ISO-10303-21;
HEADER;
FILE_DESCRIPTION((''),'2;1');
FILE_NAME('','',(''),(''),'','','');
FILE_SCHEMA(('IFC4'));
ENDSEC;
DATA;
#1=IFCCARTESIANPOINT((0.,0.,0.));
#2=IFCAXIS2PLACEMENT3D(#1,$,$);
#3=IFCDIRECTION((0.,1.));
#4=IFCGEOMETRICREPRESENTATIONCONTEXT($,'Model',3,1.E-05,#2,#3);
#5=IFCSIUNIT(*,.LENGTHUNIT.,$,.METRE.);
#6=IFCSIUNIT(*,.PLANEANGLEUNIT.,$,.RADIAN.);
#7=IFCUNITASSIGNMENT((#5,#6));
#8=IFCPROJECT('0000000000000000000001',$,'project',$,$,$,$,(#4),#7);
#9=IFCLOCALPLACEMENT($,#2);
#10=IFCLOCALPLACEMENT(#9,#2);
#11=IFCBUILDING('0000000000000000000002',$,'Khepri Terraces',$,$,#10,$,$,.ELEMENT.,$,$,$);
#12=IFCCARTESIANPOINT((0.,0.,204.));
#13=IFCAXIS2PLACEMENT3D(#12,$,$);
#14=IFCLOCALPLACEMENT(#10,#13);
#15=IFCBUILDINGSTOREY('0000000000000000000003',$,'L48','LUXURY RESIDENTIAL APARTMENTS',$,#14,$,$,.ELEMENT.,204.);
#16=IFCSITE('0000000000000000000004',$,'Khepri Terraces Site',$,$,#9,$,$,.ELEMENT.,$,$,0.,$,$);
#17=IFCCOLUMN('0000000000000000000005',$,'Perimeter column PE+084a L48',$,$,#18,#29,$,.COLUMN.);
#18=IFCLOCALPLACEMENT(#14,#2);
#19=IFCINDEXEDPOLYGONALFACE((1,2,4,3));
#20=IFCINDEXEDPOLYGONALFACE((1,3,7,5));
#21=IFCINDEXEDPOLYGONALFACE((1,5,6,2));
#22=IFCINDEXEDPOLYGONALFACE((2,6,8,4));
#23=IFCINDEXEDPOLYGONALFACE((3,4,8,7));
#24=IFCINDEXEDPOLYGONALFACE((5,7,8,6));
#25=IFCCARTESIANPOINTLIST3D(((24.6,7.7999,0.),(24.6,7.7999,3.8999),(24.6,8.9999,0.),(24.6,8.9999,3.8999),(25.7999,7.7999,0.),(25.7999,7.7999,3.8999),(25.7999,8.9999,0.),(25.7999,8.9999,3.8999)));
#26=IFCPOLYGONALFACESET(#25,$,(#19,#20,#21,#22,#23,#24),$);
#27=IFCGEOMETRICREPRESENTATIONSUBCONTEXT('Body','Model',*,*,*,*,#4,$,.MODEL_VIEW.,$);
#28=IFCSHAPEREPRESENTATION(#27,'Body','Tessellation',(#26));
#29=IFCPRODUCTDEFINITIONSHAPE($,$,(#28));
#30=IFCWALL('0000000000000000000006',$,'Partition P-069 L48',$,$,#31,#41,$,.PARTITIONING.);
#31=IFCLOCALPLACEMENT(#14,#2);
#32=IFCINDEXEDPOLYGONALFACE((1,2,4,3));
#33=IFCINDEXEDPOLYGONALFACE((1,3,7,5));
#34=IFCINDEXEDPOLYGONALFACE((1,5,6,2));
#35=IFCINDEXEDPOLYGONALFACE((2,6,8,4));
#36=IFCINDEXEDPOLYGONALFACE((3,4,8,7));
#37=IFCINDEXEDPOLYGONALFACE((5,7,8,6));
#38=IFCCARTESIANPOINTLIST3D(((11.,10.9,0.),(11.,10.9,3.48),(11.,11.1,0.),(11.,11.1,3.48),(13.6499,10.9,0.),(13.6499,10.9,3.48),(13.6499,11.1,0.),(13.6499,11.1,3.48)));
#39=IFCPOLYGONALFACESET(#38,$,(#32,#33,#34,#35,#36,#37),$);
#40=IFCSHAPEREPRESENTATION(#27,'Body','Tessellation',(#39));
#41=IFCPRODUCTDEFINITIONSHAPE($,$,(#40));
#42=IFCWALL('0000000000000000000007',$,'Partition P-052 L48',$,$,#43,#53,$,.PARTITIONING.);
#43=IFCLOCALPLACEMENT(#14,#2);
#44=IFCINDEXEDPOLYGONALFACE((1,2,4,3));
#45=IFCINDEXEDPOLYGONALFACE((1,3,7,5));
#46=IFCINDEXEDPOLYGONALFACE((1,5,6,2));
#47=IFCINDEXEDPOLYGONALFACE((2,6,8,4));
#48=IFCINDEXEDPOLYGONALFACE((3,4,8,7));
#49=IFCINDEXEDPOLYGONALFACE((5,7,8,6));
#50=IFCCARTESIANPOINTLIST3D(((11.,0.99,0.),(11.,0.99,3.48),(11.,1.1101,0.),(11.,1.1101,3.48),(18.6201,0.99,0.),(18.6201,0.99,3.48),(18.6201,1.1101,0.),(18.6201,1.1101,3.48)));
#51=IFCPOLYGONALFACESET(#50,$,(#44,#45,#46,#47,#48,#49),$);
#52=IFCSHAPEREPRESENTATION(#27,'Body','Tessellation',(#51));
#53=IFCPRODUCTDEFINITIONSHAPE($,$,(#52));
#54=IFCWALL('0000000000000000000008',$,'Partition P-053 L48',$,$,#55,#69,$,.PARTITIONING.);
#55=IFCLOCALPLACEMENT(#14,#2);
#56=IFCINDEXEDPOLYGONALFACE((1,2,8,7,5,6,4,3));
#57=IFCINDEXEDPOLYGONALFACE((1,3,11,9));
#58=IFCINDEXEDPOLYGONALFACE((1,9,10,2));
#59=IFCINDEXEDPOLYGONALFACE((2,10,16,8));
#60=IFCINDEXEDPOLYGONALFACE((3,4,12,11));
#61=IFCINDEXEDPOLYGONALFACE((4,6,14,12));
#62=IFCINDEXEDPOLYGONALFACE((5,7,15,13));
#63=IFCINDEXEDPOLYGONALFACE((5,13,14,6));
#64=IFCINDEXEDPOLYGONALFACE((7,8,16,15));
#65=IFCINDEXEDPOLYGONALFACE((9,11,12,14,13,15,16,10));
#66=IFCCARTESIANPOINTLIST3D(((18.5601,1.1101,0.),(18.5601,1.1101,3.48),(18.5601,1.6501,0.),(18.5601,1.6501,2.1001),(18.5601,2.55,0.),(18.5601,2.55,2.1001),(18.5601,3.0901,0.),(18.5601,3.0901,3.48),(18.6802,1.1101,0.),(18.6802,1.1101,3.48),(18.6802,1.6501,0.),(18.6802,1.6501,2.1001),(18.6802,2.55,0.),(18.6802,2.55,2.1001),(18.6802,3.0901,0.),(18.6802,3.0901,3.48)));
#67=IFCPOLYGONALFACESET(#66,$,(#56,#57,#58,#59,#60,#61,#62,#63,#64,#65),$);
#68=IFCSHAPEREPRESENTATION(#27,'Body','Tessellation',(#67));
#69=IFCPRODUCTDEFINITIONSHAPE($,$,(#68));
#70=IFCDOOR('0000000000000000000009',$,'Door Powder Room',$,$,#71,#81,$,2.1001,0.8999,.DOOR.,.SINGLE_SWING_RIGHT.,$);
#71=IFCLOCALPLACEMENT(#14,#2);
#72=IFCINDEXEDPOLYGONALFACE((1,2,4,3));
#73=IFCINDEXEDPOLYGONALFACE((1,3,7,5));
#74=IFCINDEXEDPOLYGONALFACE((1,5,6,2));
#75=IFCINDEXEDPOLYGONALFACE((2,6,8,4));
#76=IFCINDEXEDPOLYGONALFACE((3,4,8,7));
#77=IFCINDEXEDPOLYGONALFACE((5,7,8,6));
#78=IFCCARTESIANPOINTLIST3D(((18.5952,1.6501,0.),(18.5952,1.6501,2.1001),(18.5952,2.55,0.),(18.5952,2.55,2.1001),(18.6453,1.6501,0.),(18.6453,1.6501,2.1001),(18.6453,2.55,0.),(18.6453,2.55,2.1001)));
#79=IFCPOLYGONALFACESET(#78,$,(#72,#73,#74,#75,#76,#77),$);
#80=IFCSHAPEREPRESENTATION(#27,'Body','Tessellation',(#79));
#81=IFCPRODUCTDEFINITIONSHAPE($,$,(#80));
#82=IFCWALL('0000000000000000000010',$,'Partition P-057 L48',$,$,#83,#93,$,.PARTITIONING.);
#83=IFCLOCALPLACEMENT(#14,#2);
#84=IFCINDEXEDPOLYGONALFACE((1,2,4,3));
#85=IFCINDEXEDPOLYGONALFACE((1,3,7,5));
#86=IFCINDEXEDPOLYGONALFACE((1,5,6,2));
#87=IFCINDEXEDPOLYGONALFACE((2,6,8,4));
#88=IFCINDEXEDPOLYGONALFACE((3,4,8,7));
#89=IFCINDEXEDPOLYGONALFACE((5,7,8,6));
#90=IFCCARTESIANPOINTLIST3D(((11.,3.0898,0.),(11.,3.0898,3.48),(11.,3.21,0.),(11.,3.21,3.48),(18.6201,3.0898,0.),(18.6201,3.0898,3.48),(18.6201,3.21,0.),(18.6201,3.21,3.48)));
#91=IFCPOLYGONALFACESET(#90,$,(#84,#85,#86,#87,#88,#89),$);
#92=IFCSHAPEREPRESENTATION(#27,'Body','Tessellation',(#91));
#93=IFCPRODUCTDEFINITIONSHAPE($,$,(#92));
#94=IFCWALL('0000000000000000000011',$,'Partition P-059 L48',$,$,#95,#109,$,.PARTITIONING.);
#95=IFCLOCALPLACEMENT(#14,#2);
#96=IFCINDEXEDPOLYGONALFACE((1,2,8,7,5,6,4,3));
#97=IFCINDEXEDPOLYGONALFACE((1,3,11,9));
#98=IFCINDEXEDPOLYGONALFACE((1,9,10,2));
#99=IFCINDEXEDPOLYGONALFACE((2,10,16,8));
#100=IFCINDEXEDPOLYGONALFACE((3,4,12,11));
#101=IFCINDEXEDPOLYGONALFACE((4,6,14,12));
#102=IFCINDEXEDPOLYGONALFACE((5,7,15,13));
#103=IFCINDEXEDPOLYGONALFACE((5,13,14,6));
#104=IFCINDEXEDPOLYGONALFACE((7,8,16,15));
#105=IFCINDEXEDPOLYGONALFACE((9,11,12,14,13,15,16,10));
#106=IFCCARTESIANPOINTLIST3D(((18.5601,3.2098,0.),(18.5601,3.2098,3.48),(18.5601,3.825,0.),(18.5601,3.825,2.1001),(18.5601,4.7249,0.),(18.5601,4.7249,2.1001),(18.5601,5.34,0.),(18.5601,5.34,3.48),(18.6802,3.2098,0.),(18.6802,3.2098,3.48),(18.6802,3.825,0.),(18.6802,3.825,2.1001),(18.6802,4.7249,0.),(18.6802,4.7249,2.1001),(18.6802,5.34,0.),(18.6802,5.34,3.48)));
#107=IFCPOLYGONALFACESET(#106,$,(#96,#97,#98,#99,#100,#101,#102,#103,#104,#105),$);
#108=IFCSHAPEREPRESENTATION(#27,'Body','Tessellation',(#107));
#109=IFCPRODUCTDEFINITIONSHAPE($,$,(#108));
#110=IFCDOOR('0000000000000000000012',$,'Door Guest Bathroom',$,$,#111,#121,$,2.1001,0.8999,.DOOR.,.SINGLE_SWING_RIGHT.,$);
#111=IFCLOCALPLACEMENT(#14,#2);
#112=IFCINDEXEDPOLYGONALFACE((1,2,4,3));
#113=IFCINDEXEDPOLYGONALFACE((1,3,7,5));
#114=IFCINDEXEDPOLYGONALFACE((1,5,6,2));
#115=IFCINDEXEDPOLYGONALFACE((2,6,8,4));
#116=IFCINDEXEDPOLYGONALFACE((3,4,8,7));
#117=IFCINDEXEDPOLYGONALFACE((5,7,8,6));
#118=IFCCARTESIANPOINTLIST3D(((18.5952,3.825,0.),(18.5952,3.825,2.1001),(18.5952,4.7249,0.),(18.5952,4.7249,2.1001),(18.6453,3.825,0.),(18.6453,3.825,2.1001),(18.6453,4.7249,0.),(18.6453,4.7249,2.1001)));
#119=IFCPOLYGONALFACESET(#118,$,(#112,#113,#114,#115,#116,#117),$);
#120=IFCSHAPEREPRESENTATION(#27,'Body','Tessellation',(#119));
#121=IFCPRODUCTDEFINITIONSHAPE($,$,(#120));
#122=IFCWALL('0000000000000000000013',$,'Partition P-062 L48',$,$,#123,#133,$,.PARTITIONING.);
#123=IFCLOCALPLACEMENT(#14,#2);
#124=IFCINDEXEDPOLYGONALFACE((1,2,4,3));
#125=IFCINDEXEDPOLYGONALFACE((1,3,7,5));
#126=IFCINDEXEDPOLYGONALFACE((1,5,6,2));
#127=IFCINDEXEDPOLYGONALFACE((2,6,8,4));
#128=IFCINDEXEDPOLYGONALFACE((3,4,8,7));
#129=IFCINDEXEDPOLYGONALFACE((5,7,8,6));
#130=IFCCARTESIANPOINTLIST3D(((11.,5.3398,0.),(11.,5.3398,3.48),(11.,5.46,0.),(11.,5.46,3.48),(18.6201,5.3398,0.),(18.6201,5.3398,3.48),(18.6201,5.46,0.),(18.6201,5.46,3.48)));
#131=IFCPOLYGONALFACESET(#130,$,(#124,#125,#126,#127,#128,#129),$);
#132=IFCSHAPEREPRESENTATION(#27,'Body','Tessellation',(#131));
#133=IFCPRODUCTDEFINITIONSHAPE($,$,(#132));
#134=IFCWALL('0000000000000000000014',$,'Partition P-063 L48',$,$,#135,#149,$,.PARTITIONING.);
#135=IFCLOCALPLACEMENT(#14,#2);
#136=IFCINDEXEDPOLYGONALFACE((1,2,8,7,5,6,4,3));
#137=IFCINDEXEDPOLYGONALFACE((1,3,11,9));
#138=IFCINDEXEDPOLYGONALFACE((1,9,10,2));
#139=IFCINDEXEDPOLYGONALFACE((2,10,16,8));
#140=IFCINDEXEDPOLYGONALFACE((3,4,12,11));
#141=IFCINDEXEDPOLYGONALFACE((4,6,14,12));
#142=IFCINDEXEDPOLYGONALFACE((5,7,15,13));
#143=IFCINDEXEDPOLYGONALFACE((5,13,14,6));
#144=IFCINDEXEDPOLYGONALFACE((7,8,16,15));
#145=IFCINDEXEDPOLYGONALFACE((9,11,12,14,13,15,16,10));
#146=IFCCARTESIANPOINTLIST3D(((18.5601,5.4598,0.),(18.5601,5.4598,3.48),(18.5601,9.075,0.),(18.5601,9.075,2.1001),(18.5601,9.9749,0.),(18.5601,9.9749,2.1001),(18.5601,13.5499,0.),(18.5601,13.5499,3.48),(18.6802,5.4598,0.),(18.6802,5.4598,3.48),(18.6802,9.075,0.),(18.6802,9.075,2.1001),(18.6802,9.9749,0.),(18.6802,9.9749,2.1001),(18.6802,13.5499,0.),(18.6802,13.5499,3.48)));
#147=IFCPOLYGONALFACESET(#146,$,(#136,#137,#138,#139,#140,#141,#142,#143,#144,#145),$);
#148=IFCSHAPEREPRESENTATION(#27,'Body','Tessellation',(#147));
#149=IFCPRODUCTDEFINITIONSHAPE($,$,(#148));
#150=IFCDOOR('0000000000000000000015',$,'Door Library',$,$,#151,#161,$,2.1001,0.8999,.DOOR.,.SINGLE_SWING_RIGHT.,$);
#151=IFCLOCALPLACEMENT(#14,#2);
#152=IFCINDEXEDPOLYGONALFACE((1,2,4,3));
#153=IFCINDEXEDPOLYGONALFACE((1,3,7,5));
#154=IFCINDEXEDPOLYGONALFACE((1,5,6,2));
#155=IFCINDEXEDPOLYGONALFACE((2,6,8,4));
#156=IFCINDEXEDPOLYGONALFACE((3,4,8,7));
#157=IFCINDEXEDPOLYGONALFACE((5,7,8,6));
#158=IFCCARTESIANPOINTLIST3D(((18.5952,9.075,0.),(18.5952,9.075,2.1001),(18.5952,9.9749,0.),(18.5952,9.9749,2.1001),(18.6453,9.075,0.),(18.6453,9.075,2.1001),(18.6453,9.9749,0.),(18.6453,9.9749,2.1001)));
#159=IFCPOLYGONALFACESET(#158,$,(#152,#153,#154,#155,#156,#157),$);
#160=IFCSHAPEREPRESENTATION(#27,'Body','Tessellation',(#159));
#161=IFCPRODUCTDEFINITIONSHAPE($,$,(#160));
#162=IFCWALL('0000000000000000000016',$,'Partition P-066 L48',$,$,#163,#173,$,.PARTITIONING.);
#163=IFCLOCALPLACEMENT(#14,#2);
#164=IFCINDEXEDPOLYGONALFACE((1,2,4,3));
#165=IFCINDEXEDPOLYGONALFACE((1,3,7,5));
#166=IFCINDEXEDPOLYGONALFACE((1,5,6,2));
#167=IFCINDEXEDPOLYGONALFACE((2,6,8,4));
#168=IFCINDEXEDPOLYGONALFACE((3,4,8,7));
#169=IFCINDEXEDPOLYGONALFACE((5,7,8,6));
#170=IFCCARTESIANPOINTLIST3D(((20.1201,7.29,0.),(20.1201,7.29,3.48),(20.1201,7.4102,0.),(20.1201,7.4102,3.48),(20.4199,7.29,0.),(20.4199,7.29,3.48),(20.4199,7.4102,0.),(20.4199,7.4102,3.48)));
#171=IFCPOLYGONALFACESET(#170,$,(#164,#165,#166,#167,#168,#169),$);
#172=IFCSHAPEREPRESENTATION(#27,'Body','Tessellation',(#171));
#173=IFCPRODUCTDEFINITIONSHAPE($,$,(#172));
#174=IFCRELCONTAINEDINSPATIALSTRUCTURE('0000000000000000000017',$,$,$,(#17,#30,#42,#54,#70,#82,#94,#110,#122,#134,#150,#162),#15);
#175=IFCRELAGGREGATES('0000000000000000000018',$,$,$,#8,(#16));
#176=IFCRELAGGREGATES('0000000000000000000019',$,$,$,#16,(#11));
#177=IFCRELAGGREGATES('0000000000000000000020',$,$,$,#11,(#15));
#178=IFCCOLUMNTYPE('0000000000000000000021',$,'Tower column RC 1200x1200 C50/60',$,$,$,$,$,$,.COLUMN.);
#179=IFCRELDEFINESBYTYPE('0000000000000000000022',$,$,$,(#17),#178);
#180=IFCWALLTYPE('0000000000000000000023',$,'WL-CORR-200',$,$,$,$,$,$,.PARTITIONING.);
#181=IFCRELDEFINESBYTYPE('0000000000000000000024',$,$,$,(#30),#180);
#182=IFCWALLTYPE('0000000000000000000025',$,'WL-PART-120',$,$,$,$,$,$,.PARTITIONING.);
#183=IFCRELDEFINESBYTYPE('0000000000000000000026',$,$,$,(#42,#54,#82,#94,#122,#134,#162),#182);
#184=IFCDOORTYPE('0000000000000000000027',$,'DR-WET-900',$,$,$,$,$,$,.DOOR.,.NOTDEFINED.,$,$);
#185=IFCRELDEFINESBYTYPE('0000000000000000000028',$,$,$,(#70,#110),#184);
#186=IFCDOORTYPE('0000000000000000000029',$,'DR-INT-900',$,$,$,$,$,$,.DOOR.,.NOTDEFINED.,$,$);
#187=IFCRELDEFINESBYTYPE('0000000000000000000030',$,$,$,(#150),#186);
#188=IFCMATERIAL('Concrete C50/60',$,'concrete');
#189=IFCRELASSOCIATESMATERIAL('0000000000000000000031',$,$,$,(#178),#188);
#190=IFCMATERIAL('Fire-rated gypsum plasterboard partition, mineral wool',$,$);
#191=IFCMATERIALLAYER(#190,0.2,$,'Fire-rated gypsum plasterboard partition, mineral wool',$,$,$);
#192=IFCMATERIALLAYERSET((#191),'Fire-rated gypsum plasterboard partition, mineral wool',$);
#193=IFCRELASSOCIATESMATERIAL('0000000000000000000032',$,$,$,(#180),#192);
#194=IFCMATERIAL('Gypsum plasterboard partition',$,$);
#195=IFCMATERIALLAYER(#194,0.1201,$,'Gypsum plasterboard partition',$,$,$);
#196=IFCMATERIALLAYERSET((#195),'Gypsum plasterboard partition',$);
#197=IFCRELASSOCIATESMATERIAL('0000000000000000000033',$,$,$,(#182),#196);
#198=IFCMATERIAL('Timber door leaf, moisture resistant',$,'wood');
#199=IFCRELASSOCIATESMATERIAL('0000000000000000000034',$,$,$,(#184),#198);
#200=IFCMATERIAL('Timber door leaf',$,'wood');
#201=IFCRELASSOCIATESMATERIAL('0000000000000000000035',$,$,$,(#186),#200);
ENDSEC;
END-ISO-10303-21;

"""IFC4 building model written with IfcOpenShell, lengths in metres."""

from ifc_helpers import new_model, si_unit, direction, frame, frame_2d, origin, origin_2d, place, context, subcontext, project, spatial, rectangle, extrude, material, layer, layer_set, material_profile, profile_set, type_object, element, fill, save


model = new_model("IFC4")

# Units and contexts
model_context = context("Model", 3, precision=1e-05, world=origin(), true_north=direction((0.0, 1.0)))
body_context = subcontext(model_context, "Body", "Model", "MODEL_VIEW")
ifc_project = project(units=[si_unit("LENGTHUNIT", "METRE"), si_unit("PLANEANGLEUNIT", "RADIAN")], contexts=[model_context])

# Site, building, storey
site_placement = place(None, origin())
site = spatial("IfcSite", under=ifc_project, at=site_placement, Name="Khepri Terraces Site", CompositionType="ELEMENT", RefElevation=0.0)
building_placement = place(site_placement, origin())
building = spatial("IfcBuilding", under=site, at=building_placement, Name="Khepri Terraces", CompositionType="ELEMENT")
storey_placement = place(building_placement, frame((0.0, 0.0, 204.0)))
storey = spatial("IfcBuildingStorey", under=building, at=storey_placement, Name="L48", Description="LUXURY RESIDENTIAL APARTMENTS", CompositionType="ELEMENT", Elevation=204.0)

# Column
ifc_material_1 = material(Name="Concrete C50/60", Category="concrete")
ifc_material_profile = material_profile(ifc_material_1, rectangle(XDim=1.2, YDim=1.2, at=origin_2d()), Name="Concrete C50/60", Category="concrete")
ifc_profile_set = profile_set([ifc_material_profile], Name="Concrete C50/60")
column_type = type_object("IfcColumnType", Name="Tower column RC 1200x1200 C50/60", PredefinedType="COLUMN", material=ifc_profile_set)
column_placement = place(storey_placement, frame((25.2, 8.3999, 0.0), z_axis=(0.0, 0.0, 1.0), x_axis=(1.0, 0.0, 0.0)))
element("IfcColumn", 1, at=column_placement, inside=storey, type_object=column_type, Name="Perimeter column PE+084a L48", PredefinedType="COLUMN", context=body_context, shape_type="SweptSolid", body=[
    extrude(rectangle(XDim=1.2, YDim=1.2, at=origin_2d()), origin(), (0.0, 0.0, 1.0), 3.8999),
])

# Wall
ifc_material_2 = material(Name="Fire-rated gypsum plasterboard partition, mineral wool")
ifc_layer_1 = layer(ifc_material_2, 0.2, Name="Fire-rated gypsum plasterboard partition, mineral wool")
ifc_layer_set_1 = layer_set([ifc_layer_1], Name="Fire-rated gypsum plasterboard partition, mineral wool")
wall_type_1 = type_object("IfcWallType", Name="WL-CORR-200", PredefinedType="PARTITIONING", material=ifc_layer_set_1)
wall_1_placement = place(storey_placement, frame((11.0, 11.0, 0.0), z_axis=(0.0, 0.0, 1.0), x_axis=(1.0, 0.0, 0.0)))
element("IfcWall", 2, at=wall_1_placement, inside=storey, type_object=wall_type_1, Name="Partition P-069 L48", PredefinedType="PARTITIONING", context=body_context, shape_type="SweptSolid", body=[
    extrude(rectangle(XDim=2.6499, YDim=0.2, at=frame_2d((1.325, 0.0))), origin(), (0.0, 0.0, 1.0), 3.48),
])

# Wall
ifc_material_3 = material(Name="Gypsum plasterboard partition")
ifc_layer_2 = layer(ifc_material_3, 0.1201, Name="Gypsum plasterboard partition")
ifc_layer_set_2 = layer_set([ifc_layer_2], Name="Gypsum plasterboard partition")
wall_type_2 = type_object("IfcWallType", Name="WL-PART-120", PredefinedType="PARTITIONING", material=ifc_layer_set_2)
wall_2_placement = place(storey_placement, frame((11.0, 1.05, 0.0), z_axis=(0.0, 0.0, 1.0), x_axis=(1.0, 0.0, 0.0)))
element("IfcWall", 3, at=wall_2_placement, inside=storey, type_object=wall_type_2, Name="Partition P-052 L48", PredefinedType="PARTITIONING", context=body_context, shape_type="SweptSolid", body=[
    extrude(rectangle(XDim=7.6201, YDim=0.1201, at=frame_2d((3.8101, 0.0))), origin(), (0.0, 0.0, 1.0), 3.48),
])

# Wall, opening, door
wall_3_placement = place(storey_placement, frame((18.6201, 1.1101, 0.0), z_axis=(0.0, 0.0, 1.0), x_axis=(0.0, 1.0, 0.0)))
wall_3 = element("IfcWall", 4, at=wall_3_placement, inside=storey, type_object=wall_type_2, Name="Partition P-053 L48", PredefinedType="PARTITIONING", context=body_context, shape_type="SweptSolid", body=[
    extrude(rectangle(XDim=1.98, YDim=0.1201, at=frame_2d((0.99, 0.0))), origin(), (0.0, 0.0, 1.0), 3.48),
])
opening_1_placement = place(wall_3_placement, frame((0.54, 0.0, 0.0)))
opening_1 = element("IfcOpeningElement", 5, at=opening_1_placement, cuts=wall_3, PredefinedType="OPENING", context=body_context, shape_type="SweptSolid", body=[
    extrude(rectangle(XDim=0.8999, YDim=2.1001, at=frame_2d((0.45, 1.05))), frame((0.0, 0.0701, 0.0), z_axis=(0.0, -1.0, 0.0), x_axis=(1.0, 0.0, 0.0)), (0.0, 0.0, 1.0), 0.1401),
])
ifc_material_4 = material(Name="Timber door leaf, moisture resistant", Category="wood")
door_type_1 = type_object("IfcDoorType", Name="DR-WET-900", OperationType="NOTDEFINED", PredefinedType="DOOR", material=ifc_material_4)
door_1_placement = place(opening_1_placement, origin())
door_1 = element("IfcDoor", 6, at=door_1_placement, inside=storey, type_object=door_type_1, Name="Door Powder Room", OperationType="SINGLE_SWING_RIGHT", OverallHeight=2.1001, OverallWidth=0.8999, PredefinedType="DOOR", context=body_context, shape_type="SweptSolid", body=[
    extrude(rectangle(XDim=0.8999, YDim=2.1001, at=frame_2d((0.45, 1.05))), frame((0.0, 0.0249, 0.0), z_axis=(0.0, -1.0, 0.0), x_axis=(1.0, 0.0, 0.0)), (0.0, 0.0, 1.0), 0.05),
])
fill(opening_1, door_1)

# Wall
wall_4_placement = place(storey_placement, frame((11.0, 3.1499, 0.0), z_axis=(0.0, 0.0, 1.0), x_axis=(1.0, 0.0, 0.0)))
element("IfcWall", 7, at=wall_4_placement, inside=storey, type_object=wall_type_2, Name="Partition P-057 L48", PredefinedType="PARTITIONING", context=body_context, shape_type="SweptSolid", body=[
    extrude(rectangle(XDim=7.6201, YDim=0.1201, at=frame_2d((3.8101, 0.0))), origin(), (0.0, 0.0, 1.0), 3.48),
])

# Wall, opening, door
wall_5_placement = place(storey_placement, frame((18.6201, 3.21, 0.0), z_axis=(0.0, 0.0, 1.0), x_axis=(0.0, 1.0, 0.0)))
wall_5 = element("IfcWall", 8, at=wall_5_placement, inside=storey, type_object=wall_type_2, Name="Partition P-059 L48", PredefinedType="PARTITIONING", context=body_context, shape_type="SweptSolid", body=[
    extrude(rectangle(XDim=2.1301, YDim=0.1201, at=frame_2d((1.0649, 0.0))), origin(), (0.0, 0.0, 1.0), 3.48),
])
opening_2_placement = place(wall_5_placement, frame((0.615, 0.0, 0.0)))
opening_2 = element("IfcOpeningElement", 9, at=opening_2_placement, cuts=wall_5, PredefinedType="OPENING", context=body_context, shape_type="SweptSolid", body=[
    extrude(rectangle(XDim=0.8999, YDim=2.1001, at=frame_2d((0.45, 1.05))), frame((0.0, 0.0701, 0.0), z_axis=(0.0, -1.0, 0.0), x_axis=(1.0, 0.0, 0.0)), (0.0, 0.0, 1.0), 0.1401),
])
door_2_placement = place(opening_2_placement, origin())
door_2 = element("IfcDoor", 10, at=door_2_placement, inside=storey, type_object=door_type_1, Name="Door Guest Bathroom", OperationType="SINGLE_SWING_RIGHT", OverallHeight=2.1001, OverallWidth=0.8999, PredefinedType="DOOR", context=body_context, shape_type="SweptSolid", body=[
    extrude(rectangle(XDim=0.8999, YDim=2.1001, at=frame_2d((0.45, 1.05))), frame((0.0, 0.0249, 0.0), z_axis=(0.0, -1.0, 0.0), x_axis=(1.0, 0.0, 0.0)), (0.0, 0.0, 1.0), 0.05),
])
fill(opening_2, door_2)

# Wall
wall_6_placement = place(storey_placement, frame((11.0, 5.3999, 0.0), z_axis=(0.0, 0.0, 1.0), x_axis=(1.0, 0.0, 0.0)))
element("IfcWall", 11, at=wall_6_placement, inside=storey, type_object=wall_type_2, Name="Partition P-062 L48", PredefinedType="PARTITIONING", context=body_context, shape_type="SweptSolid", body=[
    extrude(rectangle(XDim=7.6201, YDim=0.1201, at=frame_2d((3.8101, 0.0))), origin(), (0.0, 0.0, 1.0), 3.48),
])

# Wall, opening, door
wall_7_placement = place(storey_placement, frame((18.6201, 5.46, 0.0), z_axis=(0.0, 0.0, 1.0), x_axis=(0.0, 1.0, 0.0)))
wall_7 = element("IfcWall", 12, at=wall_7_placement, inside=storey, type_object=wall_type_2, Name="Partition P-063 L48", PredefinedType="PARTITIONING", context=body_context, shape_type="SweptSolid", body=[
    extrude(rectangle(XDim=8.0901, YDim=0.1201, at=frame_2d((4.0449, 0.0))), origin(), (0.0, 0.0, 1.0), 3.48),
])
opening_3_placement = place(wall_7_placement, frame((3.615, 0.0, 0.0)))
opening_3 = element("IfcOpeningElement", 13, at=opening_3_placement, cuts=wall_7, PredefinedType="OPENING", context=body_context, shape_type="SweptSolid", body=[
    extrude(rectangle(XDim=0.8999, YDim=2.1001, at=frame_2d((0.45, 1.05))), frame((0.0, 0.0701, 0.0), z_axis=(0.0, -1.0, 0.0), x_axis=(1.0, 0.0, 0.0)), (0.0, 0.0, 1.0), 0.1401),
])
ifc_material_5 = material(Name="Timber door leaf", Category="wood")
door_type_2 = type_object("IfcDoorType", Name="DR-INT-900", OperationType="NOTDEFINED", PredefinedType="DOOR", material=ifc_material_5)
door_3_placement = place(opening_3_placement, origin())
door_3 = element("IfcDoor", 14, at=door_3_placement, inside=storey, type_object=door_type_2, Name="Door Library", OperationType="SINGLE_SWING_RIGHT", OverallHeight=2.1001, OverallWidth=0.8999, PredefinedType="DOOR", context=body_context, shape_type="SweptSolid", body=[
    extrude(rectangle(XDim=0.8999, YDim=2.1001, at=frame_2d((0.45, 1.05))), frame((0.0, 0.0249, 0.0), z_axis=(0.0, -1.0, 0.0), x_axis=(1.0, 0.0, 0.0)), (0.0, 0.0, 1.0), 0.05),
])
fill(opening_3, door_3)

# Wall
wall_8_placement = place(storey_placement, frame((20.1201, 7.3501, 0.0), z_axis=(0.0, 0.0, 1.0), x_axis=(1.0, 0.0, 0.0)))
element("IfcWall", 15, at=wall_8_placement, inside=storey, type_object=wall_type_2, Name="Partition P-066 L48", PredefinedType="PARTITIONING", context=body_context, shape_type="SweptSolid", body=[
    extrude(rectangle(XDim=0.2998, YDim=0.1201, at=frame_2d((0.1499, 0.0))), origin(), (0.0, 0.0, 1.0), 3.48),
])

save(model, "model.ifc")
